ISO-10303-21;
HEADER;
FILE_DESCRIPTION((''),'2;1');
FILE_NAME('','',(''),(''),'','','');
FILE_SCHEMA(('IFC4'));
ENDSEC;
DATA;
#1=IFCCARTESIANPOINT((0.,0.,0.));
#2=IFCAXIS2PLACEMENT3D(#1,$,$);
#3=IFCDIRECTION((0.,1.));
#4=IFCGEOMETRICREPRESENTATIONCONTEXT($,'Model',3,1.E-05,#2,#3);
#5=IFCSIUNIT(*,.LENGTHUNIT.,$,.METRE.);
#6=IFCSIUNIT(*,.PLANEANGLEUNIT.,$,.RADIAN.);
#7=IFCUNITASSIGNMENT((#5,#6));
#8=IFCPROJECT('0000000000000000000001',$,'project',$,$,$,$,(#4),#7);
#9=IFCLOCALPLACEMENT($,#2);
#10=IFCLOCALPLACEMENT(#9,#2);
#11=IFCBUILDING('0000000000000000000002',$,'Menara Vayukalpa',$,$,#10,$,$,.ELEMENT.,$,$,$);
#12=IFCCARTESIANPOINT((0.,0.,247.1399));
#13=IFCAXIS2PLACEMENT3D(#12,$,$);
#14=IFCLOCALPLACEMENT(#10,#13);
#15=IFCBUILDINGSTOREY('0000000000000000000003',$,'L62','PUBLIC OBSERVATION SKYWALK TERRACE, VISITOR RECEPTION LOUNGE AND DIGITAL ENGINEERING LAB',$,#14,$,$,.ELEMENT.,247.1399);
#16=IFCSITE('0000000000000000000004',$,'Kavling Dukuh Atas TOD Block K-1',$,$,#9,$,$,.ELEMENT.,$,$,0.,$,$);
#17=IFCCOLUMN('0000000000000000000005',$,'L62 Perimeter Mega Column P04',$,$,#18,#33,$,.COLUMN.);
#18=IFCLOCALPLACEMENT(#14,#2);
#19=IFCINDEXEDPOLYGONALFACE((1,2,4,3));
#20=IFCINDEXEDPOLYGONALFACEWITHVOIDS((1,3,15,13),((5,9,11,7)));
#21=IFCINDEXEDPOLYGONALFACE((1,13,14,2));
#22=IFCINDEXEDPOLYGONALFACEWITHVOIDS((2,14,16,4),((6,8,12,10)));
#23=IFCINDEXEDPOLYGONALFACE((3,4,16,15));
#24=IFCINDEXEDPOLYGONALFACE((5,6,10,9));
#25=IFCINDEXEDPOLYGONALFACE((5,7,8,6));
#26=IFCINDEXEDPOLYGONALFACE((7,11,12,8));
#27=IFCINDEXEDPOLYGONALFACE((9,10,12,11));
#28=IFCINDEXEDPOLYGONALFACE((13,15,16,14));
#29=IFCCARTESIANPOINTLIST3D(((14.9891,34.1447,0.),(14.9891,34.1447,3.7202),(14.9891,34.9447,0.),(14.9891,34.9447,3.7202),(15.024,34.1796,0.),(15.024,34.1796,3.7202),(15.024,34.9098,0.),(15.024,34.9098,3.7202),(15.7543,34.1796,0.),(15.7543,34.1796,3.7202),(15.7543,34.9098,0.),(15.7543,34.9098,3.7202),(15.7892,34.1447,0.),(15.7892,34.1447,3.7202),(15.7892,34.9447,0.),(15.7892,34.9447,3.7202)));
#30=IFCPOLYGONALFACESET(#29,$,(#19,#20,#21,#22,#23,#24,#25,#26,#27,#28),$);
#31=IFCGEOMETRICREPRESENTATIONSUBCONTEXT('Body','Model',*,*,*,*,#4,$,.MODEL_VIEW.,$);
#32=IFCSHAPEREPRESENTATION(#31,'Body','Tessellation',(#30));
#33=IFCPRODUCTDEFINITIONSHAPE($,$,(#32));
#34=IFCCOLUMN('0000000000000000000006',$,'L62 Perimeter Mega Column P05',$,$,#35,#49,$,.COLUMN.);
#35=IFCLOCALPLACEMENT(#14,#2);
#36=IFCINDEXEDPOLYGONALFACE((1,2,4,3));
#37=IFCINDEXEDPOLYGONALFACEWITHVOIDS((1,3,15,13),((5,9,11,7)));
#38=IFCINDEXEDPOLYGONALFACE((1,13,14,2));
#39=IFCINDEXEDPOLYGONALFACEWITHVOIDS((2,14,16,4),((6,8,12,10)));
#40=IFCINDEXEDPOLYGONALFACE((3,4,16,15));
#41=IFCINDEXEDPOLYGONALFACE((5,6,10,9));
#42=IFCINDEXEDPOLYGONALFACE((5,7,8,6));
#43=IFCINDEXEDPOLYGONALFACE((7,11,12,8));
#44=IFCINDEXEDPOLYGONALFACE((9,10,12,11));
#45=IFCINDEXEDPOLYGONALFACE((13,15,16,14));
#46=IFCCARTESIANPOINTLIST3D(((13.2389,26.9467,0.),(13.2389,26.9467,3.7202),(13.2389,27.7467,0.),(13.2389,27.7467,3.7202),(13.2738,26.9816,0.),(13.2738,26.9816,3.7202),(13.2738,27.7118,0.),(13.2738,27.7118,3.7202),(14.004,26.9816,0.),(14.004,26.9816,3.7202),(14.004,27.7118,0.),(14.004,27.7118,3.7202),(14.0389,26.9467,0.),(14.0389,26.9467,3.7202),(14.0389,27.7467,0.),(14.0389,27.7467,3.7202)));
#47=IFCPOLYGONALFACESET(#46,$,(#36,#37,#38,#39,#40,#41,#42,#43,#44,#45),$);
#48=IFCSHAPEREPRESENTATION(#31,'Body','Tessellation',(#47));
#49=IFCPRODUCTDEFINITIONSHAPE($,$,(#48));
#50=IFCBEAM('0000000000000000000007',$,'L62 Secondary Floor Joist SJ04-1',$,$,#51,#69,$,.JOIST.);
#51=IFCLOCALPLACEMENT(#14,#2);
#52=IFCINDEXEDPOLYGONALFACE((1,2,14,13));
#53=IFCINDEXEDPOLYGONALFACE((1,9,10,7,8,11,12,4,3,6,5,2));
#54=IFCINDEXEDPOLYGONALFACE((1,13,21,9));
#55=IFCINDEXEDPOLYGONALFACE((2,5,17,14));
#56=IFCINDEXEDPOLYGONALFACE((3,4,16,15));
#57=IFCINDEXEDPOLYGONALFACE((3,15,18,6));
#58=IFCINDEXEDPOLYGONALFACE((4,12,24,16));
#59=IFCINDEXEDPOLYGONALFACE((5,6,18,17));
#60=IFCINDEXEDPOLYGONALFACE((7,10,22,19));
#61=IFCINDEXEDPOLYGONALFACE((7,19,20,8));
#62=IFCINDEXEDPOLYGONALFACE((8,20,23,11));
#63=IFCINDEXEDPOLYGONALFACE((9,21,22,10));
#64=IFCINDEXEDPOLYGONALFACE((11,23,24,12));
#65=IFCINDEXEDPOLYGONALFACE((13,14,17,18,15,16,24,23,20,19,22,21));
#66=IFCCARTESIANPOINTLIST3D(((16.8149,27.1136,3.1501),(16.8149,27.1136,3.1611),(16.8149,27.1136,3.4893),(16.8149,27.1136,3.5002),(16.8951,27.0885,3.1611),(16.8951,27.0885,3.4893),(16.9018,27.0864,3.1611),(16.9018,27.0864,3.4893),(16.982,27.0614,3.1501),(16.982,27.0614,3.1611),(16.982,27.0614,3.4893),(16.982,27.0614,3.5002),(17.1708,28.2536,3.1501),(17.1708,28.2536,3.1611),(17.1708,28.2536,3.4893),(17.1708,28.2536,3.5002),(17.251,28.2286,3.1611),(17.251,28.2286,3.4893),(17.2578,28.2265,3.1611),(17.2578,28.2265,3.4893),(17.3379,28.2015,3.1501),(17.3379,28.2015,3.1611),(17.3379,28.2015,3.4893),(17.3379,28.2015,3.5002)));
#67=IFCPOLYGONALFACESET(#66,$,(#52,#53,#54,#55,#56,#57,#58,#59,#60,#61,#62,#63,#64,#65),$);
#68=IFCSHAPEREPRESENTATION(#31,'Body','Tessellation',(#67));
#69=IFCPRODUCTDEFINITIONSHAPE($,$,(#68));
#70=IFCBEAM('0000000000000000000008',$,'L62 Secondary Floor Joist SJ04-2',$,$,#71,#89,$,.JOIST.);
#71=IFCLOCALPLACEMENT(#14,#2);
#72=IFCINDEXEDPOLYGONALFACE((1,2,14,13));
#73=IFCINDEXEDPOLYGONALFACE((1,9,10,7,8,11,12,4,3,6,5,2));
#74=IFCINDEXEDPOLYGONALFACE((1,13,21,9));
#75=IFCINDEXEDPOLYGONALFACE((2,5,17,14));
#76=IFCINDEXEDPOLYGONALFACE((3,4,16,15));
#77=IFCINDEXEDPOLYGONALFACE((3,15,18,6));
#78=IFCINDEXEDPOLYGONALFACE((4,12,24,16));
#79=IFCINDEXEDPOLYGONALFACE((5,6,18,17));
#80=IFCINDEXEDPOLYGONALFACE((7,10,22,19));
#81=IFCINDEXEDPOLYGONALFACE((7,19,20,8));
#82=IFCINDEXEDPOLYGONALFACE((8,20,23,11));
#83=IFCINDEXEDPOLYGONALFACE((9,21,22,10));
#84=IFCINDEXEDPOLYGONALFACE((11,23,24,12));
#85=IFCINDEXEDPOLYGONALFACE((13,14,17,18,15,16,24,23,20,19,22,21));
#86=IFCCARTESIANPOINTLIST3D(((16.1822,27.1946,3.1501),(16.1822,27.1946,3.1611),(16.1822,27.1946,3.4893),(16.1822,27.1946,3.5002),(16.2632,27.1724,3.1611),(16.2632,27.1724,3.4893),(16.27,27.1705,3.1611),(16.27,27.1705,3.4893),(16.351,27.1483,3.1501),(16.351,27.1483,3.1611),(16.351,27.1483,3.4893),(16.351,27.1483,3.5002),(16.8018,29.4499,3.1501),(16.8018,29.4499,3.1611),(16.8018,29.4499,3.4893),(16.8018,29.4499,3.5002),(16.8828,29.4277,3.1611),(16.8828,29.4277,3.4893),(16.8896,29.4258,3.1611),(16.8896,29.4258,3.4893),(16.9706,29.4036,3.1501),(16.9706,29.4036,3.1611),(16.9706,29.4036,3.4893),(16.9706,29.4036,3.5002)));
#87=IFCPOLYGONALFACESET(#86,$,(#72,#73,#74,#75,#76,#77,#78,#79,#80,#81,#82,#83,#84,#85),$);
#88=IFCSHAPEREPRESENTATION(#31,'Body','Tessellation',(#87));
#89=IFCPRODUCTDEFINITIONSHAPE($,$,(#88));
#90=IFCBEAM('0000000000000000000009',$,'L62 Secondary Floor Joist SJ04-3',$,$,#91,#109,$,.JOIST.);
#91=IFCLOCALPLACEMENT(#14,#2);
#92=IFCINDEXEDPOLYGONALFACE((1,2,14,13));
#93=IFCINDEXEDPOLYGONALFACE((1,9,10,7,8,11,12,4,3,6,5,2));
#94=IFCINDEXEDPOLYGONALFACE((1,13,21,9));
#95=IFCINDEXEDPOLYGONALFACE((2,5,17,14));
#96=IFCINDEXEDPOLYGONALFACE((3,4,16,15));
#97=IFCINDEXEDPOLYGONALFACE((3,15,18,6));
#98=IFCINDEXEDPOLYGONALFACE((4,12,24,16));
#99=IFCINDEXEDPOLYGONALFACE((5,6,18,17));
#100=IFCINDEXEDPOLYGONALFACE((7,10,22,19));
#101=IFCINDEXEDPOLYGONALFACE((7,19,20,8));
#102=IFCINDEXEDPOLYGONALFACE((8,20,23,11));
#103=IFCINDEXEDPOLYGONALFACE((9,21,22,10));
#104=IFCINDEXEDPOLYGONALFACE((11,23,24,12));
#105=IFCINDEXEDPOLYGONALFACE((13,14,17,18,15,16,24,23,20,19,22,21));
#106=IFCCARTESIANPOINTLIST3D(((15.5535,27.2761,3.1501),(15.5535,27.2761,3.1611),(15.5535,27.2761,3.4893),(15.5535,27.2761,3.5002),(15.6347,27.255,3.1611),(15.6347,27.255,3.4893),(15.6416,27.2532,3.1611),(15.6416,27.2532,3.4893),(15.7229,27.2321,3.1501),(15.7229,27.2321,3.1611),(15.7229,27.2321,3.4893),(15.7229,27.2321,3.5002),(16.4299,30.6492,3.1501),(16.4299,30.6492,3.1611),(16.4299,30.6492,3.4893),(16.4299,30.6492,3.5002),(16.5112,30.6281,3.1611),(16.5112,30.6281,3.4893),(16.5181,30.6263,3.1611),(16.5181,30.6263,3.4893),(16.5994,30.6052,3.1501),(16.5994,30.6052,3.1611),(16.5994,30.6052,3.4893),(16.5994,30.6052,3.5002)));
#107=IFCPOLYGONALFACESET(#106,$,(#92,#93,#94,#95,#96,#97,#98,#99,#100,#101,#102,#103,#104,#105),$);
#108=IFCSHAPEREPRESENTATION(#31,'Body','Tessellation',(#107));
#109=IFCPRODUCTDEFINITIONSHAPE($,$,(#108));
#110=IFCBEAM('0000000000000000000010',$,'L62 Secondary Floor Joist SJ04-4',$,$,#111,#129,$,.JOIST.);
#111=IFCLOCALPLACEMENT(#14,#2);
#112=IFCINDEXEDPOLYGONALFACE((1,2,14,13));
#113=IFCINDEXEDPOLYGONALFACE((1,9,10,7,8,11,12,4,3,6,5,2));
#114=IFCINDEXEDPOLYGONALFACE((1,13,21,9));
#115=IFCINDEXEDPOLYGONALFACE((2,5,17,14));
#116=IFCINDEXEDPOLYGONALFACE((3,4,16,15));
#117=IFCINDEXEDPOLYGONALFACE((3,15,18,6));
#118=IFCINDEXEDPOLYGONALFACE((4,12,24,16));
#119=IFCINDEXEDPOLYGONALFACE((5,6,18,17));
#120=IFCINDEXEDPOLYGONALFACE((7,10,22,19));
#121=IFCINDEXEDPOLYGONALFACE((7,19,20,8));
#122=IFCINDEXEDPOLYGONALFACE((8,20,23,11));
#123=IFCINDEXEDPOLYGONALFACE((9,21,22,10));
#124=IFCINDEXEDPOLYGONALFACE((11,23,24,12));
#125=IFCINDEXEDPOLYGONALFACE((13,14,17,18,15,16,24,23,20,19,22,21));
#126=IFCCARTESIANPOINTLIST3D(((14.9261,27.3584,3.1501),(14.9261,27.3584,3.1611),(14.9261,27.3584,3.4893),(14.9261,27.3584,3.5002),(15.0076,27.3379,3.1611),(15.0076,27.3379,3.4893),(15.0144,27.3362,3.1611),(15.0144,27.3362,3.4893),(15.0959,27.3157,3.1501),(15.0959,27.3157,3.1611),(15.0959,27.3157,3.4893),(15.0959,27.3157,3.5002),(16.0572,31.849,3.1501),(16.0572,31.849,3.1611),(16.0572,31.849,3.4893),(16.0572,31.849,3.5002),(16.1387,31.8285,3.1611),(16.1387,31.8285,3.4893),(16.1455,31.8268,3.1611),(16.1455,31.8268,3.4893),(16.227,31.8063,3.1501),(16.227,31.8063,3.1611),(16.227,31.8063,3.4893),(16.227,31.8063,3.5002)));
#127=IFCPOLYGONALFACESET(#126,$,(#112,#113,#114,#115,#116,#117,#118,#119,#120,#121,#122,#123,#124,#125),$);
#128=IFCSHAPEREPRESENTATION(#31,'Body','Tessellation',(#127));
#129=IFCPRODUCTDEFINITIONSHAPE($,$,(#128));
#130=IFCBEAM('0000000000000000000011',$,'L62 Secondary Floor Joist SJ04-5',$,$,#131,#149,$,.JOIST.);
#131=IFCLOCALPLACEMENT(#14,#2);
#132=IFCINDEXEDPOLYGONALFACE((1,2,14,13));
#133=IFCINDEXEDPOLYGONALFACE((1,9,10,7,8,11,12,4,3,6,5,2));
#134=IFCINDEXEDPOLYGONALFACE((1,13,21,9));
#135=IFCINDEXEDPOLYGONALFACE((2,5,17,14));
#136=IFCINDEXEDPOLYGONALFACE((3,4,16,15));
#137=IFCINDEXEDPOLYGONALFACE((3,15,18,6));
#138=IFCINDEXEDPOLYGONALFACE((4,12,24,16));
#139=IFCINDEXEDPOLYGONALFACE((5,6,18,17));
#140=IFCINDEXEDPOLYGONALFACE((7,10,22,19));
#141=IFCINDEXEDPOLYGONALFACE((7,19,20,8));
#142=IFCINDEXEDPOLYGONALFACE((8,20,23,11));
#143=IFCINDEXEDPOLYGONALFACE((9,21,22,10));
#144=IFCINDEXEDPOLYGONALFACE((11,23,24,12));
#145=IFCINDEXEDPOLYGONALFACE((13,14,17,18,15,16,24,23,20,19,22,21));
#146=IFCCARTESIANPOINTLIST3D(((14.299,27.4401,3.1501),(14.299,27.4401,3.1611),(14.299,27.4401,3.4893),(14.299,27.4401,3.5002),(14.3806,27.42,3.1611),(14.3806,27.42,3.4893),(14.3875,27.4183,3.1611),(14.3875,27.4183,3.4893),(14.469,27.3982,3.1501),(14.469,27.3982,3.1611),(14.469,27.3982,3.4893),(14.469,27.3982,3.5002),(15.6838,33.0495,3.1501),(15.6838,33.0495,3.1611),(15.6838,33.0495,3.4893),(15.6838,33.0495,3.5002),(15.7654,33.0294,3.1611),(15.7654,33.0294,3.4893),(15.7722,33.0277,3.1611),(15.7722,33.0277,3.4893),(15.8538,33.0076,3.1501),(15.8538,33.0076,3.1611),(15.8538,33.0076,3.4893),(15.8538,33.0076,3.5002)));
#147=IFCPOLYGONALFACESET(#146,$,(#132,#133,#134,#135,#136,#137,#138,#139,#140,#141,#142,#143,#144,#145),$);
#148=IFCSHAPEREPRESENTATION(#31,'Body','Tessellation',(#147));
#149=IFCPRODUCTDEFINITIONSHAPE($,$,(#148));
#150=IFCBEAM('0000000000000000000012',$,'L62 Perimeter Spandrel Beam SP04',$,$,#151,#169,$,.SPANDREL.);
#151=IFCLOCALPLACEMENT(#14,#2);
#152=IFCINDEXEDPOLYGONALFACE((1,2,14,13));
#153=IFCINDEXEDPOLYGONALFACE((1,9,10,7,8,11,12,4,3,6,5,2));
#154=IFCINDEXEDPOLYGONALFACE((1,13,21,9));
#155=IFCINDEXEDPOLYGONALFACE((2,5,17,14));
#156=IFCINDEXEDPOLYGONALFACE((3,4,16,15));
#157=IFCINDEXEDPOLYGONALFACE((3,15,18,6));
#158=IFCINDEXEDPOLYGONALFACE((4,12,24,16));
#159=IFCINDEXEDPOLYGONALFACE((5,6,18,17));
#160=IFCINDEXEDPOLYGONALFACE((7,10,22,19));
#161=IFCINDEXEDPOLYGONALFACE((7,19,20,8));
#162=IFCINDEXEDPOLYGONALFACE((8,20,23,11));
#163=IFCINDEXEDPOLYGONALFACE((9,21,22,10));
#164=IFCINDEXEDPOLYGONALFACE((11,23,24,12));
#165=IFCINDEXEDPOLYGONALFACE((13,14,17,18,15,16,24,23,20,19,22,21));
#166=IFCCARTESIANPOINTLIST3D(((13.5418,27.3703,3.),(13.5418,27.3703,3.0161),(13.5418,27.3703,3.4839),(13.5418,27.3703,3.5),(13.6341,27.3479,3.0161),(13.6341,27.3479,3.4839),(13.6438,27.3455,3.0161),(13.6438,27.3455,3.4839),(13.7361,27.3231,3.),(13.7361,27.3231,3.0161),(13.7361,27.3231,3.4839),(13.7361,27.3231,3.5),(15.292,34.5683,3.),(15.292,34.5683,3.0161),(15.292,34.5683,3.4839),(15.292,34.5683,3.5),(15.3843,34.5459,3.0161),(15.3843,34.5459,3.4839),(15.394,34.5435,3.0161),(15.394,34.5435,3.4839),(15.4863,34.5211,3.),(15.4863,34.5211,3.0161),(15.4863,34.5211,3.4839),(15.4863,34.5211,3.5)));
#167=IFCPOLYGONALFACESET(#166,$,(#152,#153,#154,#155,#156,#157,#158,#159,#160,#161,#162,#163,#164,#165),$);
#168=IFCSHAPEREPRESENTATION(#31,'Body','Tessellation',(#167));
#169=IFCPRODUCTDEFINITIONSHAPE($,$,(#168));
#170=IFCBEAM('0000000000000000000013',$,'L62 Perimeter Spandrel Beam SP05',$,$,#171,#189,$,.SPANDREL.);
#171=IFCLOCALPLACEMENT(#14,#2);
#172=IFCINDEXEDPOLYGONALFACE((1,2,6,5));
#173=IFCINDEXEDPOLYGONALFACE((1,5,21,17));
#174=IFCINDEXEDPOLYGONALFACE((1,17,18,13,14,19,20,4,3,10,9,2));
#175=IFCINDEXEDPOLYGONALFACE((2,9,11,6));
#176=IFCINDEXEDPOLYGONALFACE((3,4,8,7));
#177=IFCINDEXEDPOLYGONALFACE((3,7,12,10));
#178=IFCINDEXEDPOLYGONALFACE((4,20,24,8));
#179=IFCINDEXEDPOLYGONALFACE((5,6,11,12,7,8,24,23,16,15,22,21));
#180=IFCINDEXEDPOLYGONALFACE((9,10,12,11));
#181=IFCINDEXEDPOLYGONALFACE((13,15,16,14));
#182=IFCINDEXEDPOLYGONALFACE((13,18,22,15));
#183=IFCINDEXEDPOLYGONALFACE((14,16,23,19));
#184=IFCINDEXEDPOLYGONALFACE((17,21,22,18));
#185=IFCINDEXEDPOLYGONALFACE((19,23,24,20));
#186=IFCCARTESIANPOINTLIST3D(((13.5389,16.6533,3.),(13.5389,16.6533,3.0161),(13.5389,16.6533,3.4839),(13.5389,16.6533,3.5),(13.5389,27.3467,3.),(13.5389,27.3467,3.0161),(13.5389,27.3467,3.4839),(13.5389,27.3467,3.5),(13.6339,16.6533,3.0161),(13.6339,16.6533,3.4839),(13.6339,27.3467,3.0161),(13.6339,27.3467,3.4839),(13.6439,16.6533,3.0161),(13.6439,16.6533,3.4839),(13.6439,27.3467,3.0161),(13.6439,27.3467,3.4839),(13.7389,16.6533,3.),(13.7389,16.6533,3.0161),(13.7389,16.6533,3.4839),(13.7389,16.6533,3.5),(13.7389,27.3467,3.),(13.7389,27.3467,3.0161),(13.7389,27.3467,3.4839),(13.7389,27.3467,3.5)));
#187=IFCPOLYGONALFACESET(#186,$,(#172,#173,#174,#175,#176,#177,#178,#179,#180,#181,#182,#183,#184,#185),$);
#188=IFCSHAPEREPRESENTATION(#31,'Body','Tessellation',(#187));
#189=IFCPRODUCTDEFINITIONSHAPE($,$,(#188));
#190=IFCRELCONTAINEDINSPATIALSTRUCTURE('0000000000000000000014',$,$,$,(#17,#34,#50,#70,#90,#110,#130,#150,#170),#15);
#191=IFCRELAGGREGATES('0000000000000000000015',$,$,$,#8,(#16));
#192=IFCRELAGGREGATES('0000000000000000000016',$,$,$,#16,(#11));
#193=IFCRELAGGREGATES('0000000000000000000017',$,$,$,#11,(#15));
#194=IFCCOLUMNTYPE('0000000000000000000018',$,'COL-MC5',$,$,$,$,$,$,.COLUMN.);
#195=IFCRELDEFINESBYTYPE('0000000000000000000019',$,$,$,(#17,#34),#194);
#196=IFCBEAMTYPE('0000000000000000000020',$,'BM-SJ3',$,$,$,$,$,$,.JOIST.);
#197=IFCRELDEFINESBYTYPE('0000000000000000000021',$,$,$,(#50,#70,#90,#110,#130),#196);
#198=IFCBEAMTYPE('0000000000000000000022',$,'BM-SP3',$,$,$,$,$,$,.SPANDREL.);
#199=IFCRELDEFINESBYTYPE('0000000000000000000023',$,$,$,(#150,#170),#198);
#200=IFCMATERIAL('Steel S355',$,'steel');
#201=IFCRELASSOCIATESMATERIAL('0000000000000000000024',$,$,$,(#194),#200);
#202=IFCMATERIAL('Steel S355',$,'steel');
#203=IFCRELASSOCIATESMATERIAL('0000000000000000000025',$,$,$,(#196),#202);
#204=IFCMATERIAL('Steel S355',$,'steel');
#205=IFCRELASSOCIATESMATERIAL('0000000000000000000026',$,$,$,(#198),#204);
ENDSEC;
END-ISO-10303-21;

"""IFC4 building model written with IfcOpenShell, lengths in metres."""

from ifc_helpers import new_model, si_unit, direction, frame, origin, origin_2d, place, context, subcontext, project, spatial, hollow_rectangle, i_section, extrude, material, material_profile, profile_set, type_object, element, save


model = new_model("IFC4")

# Units and contexts
model_context = context("Model", 3, precision=1e-05, world=origin(), true_north=direction((0.0, 1.0)))
body_context = subcontext(model_context, "Body", "Model", "MODEL_VIEW")
ifc_project = project(units=[si_unit("LENGTHUNIT", "METRE"), si_unit("PLANEANGLEUNIT", "RADIAN")], contexts=[model_context])

# Site, building, storey
site_placement = place(None, origin())
site = spatial("IfcSite", under=ifc_project, at=site_placement, Name="Kavling Dukuh Atas TOD Block K-1", CompositionType="ELEMENT", RefElevation=0.0)
building_placement = place(site_placement, origin())
building = spatial("IfcBuilding", under=site, at=building_placement, Name="Menara Vayukalpa", CompositionType="ELEMENT")
storey_placement = place(building_placement, frame((0.0, 0.0, 247.1399)))
storey = spatial("IfcBuildingStorey", under=building, at=storey_placement, Name="L62", Description="PUBLIC OBSERVATION SKYWALK TERRACE, VISITOR RECEPTION LOUNGE AND DIGITAL ENGINEERING LAB", CompositionType="ELEMENT", Elevation=247.1399)

# Columns
ifc_material_1 = material(Name="Steel S355", Category="steel")
ifc_material_profile_1 = material_profile(ifc_material_1, hollow_rectangle(XDim=0.8, YDim=0.8, WallThickness=0.0349, at=origin_2d()), Name="BOX 800x800x35")
ifc_profile_set_1 = profile_set([ifc_material_profile_1], Name="Steel S355")
column_type = type_object("IfcColumnType", Name="COL-MC5", PredefinedType="COLUMN", material=ifc_profile_set_1)
for number, where, z_axis, x_axis, name in (
    (1, (15.3892, 34.5447, 0.0), (0.0, 0.0, 1.0), (1.0, 0.0, 0.0), "L62 Perimeter Mega Column P04"),
    (2, (13.6389, 27.3467, 0.0), (0.0, 0.0, 1.0), (1.0, 0.0, 0.0), "L62 Perimeter Mega Column P05"),
):
    element("IfcColumn", number, at=place(storey_placement, frame(where, z_axis=z_axis, x_axis=x_axis)), inside=storey, type_object=column_type, Name=name, PredefinedType="COLUMN", context=body_context, shape_type="SweptSolid", body=[
        extrude(hollow_rectangle(XDim=0.8, YDim=0.8, WallThickness=0.0349, at=origin_2d()), origin(), (0.0, 0.0, 1.0), 3.7202),
    ])

# Beams
ifc_material_2 = material(Name="Steel S355", Category="steel")
ifc_material_profile_2 = material_profile(ifc_material_2, i_section(OverallWidth=0.175, OverallDepth=0.3501, WebThickness=0.0071, FlangeThickness=0.011, at=origin_2d()), Name="WF 350x175x7x11")
ifc_profile_set_2 = profile_set([ifc_material_profile_2], Name="Steel S355")
beam_type_1 = type_object("IfcBeamType", Name="BM-SJ3", PredefinedType="JOIST", material=ifc_profile_set_2)
beam_1_placement = place(storey_placement, frame((17.2544, 28.2275, 3.3252), z_axis=(-0.298019, -0.95456, 0.0), x_axis=(0.95456, -0.298019, 0.0)))
element("IfcBeam", 3, at=beam_1_placement, inside=storey, type_object=beam_type_1, Name="L62 Secondary Floor Joist SJ04-1", PredefinedType="JOIST", context=body_context, shape_type="SweptSolid", body=[
    extrude(i_section(OverallWidth=0.175, OverallDepth=0.3501, WebThickness=0.0071, FlangeThickness=0.011, at=origin_2d()), origin(), (0.0, 0.0, 1.0), 1.1943),
])
beam_2_placement = place(storey_placement, frame((16.8862, 29.4268, 3.3252), z_axis=(-0.264919, -0.964271, 0.0), x_axis=(0.964271, -0.264919, 0.0)))
element("IfcBeam", 4, at=beam_2_placement, inside=storey, type_object=beam_type_1, Name="L62 Secondary Floor Joist SJ04-2", PredefinedType="JOIST", context=body_context, shape_type="SweptSolid", body=[
    extrude(i_section(OverallWidth=0.175, OverallDepth=0.3501, WebThickness=0.0071, FlangeThickness=0.011, at=origin_2d()), origin(), (0.0, 0.0, 1.0), 2.3389),
])
beam_3_placement = place(storey_placement, frame((16.5146, 30.6272, 3.3252), z_axis=(-0.251492, -0.967859, 0.0), x_axis=(0.967859, -0.251492, 0.0)))
element("IfcBeam", 5, at=beam_3_placement, inside=storey, type_object=beam_type_1, Name="L62 Secondary Floor Joist SJ04-3", PredefinedType="JOIST", context=body_context, shape_type="SweptSolid", body=[
    extrude(i_section(OverallWidth=0.175, OverallDepth=0.3501, WebThickness=0.0071, FlangeThickness=0.011, at=origin_2d()), origin(), (0.0, 0.0, 1.0), 3.4851),
])
beam_4_placement = place(storey_placement, frame((16.1421, 31.8276, 3.3252), z_axis=(-0.244247, -0.969713, 0.0), x_axis=(0.969713, -0.244247, 0.0)))
element("IfcBeam", 6, at=beam_4_placement, inside=storey, type_object=beam_type_1, Name="L62 Secondary Floor Joist SJ04-4", PredefinedType="JOIST", context=body_context, shape_type="SweptSolid", body=[
    extrude(i_section(OverallWidth=0.175, OverallDepth=0.3501, WebThickness=0.0071, FlangeThickness=0.011, at=origin_2d()), origin(), (0.0, 0.0, 1.0), 4.6309),
])
beam_5_placement = place(storey_placement, frame((15.7688, 33.0286, 3.3252), z_axis=(-0.239671, -0.970854, 0.0), x_axis=(0.970854, -0.239671, 0.0)))
element("IfcBeam", 7, at=beam_5_placement, inside=storey, type_object=beam_type_1, Name="L62 Secondary Floor Joist SJ04-5", PredefinedType="JOIST", context=body_context, shape_type="SweptSolid", body=[
    extrude(i_section(OverallWidth=0.175, OverallDepth=0.3501, WebThickness=0.0071, FlangeThickness=0.011, at=origin_2d()), origin(), (0.0, 0.0, 1.0), 5.7778),
])
ifc_material_3 = material(Name="Steel S355", Category="steel")
ifc_material_profile_3 = material_profile(ifc_material_3, i_section(OverallWidth=0.2, OverallDepth=0.5, WebThickness=0.01, FlangeThickness=0.0161, at=origin_2d()), Name="WF 500x200x10x16")
ifc_profile_set_3 = profile_set([ifc_material_profile_3], Name="Steel S355")
beam_type_2 = type_object("IfcBeamType", Name="BM-SP3", PredefinedType="SPANDREL", material=ifc_profile_set_3)
beam_6_placement = place(storey_placement, frame((15.3892, 34.5447, 3.25), z_axis=(-0.236273, -0.971687, 0.0), x_axis=(0.971687, -0.236273, 0.0)))
element("IfcBeam", 8, at=beam_6_placement, inside=storey, type_object=beam_type_2, Name="L62 Perimeter Spandrel Beam SP04", PredefinedType="SPANDREL", context=body_context, shape_type="SweptSolid", body=[
    extrude(i_section(OverallWidth=0.2, OverallDepth=0.5, WebThickness=0.01, FlangeThickness=0.0161, at=origin_2d()), origin(), (0.0, 0.0, 1.0), 7.4077),
])
beam_7_placement = place(storey_placement, frame((13.6389, 27.3467, 3.25), z_axis=(0.0, -1.0, 0.0), x_axis=(1.0, 0.0, 0.0)))
element("IfcBeam", 9, at=beam_7_placement, inside=storey, type_object=beam_type_2, Name="L62 Perimeter Spandrel Beam SP05", PredefinedType="SPANDREL", context=body_context, shape_type="SweptSolid", body=[
    extrude(i_section(OverallWidth=0.2, OverallDepth=0.5, WebThickness=0.01, FlangeThickness=0.0161, at=origin_2d()), origin(), (0.0, 0.0, 1.0), 10.6934),
])

save(model, "model.ifc")
